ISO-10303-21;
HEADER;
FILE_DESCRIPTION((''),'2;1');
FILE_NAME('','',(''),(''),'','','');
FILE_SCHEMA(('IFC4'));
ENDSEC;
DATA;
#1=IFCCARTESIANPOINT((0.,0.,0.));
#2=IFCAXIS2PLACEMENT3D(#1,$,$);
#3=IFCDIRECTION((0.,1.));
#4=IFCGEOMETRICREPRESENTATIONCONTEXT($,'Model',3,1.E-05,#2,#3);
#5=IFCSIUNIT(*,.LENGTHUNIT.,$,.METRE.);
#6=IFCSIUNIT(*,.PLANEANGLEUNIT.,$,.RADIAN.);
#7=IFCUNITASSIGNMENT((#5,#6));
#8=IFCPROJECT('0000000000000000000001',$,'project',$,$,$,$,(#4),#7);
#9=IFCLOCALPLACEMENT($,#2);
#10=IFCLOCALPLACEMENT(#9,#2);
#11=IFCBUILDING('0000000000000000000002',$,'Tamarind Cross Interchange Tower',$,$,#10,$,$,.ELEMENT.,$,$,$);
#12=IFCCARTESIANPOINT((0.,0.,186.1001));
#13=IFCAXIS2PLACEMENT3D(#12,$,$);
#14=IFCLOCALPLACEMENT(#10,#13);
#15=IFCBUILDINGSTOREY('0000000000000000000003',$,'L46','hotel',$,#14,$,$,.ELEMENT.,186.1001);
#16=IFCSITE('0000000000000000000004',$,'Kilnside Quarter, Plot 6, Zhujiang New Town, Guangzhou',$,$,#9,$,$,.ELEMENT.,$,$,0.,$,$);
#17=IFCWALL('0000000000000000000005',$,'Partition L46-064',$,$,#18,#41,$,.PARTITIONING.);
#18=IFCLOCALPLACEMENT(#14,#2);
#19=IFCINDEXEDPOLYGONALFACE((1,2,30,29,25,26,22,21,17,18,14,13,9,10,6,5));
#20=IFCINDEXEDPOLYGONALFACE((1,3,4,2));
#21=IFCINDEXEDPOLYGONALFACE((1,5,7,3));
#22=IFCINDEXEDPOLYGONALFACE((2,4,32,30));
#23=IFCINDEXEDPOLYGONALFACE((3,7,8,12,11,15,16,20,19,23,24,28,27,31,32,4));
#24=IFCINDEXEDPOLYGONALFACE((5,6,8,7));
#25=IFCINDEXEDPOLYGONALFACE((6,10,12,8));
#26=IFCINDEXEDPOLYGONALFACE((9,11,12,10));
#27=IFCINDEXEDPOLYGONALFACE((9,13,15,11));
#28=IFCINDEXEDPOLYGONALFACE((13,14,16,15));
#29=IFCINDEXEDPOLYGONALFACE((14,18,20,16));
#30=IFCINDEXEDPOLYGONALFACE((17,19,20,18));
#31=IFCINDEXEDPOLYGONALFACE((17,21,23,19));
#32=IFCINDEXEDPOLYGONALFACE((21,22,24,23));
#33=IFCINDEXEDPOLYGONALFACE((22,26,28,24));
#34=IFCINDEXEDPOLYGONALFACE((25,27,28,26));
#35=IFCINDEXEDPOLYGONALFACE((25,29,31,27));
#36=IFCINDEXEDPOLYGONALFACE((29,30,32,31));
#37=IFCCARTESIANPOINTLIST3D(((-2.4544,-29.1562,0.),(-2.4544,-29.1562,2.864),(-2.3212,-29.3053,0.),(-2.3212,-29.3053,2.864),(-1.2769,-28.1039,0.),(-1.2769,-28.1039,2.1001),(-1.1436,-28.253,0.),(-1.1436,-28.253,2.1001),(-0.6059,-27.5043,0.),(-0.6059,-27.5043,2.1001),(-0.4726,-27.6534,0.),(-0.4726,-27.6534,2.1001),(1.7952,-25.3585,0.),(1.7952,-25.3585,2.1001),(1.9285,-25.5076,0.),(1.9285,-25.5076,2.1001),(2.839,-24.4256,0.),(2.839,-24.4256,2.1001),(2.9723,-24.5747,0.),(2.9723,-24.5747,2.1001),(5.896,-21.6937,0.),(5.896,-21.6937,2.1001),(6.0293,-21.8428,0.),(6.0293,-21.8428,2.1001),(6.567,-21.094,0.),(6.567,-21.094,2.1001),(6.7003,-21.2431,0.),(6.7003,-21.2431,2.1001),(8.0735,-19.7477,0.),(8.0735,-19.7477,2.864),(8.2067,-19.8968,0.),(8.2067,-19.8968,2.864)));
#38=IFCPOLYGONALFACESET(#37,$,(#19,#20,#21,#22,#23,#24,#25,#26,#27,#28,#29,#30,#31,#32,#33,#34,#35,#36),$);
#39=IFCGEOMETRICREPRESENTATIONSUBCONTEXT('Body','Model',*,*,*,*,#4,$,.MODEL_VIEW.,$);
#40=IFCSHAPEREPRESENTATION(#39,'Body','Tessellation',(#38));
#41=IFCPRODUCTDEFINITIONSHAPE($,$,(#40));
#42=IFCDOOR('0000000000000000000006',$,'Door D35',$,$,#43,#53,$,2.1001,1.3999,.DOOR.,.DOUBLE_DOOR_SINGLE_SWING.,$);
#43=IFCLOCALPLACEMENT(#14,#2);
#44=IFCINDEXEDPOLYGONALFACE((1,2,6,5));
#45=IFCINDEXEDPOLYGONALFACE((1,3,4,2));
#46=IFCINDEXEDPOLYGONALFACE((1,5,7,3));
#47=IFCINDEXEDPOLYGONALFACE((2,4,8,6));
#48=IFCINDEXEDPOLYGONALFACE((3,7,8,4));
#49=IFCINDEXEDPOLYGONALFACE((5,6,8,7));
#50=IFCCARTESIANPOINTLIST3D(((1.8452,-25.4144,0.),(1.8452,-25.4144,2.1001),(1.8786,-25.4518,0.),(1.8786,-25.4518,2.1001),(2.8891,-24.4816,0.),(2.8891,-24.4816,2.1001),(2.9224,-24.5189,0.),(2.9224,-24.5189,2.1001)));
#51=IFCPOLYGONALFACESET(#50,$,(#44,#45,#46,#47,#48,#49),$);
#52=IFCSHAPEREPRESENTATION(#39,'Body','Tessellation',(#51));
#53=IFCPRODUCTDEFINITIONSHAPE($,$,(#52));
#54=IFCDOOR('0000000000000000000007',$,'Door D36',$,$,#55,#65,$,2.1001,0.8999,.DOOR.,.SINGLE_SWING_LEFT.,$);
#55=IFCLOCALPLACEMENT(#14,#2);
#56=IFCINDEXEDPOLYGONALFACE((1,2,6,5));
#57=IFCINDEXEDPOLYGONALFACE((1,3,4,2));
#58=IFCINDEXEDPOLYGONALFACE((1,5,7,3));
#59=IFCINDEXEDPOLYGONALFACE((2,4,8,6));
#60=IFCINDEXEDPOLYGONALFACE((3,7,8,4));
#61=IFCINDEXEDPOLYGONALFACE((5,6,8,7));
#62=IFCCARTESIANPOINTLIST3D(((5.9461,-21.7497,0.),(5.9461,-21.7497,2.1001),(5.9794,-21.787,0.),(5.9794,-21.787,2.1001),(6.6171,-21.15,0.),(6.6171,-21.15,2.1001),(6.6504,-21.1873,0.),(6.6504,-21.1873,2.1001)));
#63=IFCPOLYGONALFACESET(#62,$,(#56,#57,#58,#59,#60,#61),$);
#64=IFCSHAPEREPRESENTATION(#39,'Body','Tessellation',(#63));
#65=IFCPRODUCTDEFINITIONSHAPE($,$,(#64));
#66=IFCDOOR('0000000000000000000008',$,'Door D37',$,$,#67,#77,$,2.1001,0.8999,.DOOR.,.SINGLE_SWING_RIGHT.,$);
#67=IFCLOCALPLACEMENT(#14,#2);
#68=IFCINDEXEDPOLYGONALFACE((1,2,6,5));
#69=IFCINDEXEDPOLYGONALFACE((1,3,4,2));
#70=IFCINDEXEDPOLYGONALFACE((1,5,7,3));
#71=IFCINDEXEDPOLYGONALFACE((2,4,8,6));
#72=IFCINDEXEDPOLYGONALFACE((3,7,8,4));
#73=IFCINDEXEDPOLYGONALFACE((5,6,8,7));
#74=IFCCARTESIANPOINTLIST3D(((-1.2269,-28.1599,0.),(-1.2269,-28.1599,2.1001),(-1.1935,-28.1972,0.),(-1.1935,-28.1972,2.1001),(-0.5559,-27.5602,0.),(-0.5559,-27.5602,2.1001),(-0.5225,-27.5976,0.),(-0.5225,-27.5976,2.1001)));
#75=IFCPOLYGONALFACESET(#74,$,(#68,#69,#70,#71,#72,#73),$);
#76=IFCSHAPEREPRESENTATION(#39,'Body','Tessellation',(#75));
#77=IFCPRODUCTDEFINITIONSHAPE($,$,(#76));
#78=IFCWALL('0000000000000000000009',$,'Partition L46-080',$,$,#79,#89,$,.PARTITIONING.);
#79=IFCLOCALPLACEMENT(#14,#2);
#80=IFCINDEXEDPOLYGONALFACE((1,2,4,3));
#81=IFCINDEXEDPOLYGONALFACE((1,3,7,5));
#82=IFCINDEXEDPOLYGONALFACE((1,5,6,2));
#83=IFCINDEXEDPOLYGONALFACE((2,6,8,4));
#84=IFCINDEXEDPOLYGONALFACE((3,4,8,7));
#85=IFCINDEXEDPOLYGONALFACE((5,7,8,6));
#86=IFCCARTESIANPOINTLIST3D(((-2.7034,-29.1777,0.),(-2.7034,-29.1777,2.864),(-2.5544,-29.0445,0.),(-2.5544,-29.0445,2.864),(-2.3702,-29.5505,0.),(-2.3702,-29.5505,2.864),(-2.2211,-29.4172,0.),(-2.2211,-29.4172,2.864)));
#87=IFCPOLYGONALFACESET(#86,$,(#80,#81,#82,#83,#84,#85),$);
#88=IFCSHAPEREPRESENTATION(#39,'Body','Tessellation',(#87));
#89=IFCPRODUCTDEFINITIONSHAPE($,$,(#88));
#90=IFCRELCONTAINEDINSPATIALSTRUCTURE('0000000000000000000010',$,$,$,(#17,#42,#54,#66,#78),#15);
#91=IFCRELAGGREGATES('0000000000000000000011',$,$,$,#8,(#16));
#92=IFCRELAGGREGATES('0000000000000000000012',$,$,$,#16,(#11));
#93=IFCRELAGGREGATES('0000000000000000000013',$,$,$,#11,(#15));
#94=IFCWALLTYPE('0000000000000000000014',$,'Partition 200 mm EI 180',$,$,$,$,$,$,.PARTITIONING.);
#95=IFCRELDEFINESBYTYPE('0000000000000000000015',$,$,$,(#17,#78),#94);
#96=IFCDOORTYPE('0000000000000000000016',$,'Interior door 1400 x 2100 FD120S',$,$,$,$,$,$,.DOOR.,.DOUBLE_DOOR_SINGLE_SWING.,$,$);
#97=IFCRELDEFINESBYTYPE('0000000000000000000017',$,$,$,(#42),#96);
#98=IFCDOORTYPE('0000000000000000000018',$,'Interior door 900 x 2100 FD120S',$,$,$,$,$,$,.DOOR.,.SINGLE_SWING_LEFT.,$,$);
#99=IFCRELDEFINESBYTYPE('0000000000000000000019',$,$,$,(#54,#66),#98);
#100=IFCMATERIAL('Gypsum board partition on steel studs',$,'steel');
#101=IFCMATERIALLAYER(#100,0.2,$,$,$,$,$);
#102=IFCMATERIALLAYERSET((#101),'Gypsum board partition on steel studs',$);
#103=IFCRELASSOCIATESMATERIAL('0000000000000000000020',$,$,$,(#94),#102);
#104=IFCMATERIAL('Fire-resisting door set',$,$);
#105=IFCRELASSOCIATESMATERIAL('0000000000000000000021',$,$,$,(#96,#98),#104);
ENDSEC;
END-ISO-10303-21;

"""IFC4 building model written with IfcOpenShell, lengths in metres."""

from ifc_helpers import new_model, si_unit, direction, frame, frame_2d, origin, place, context, subcontext, project, spatial, rectangle, extrude, material, layer, layer_set, type_object, element, fill, save


model = new_model("IFC4")

# Units and contexts
model_context = context("Model", 3, precision=1e-05, world=origin(), true_north=direction((0.0, 1.0)))
body_context = subcontext(model_context, "Body", "Model", "MODEL_VIEW")
ifc_project = project(units=[si_unit("LENGTHUNIT", "METRE"), si_unit("PLANEANGLEUNIT", "RADIAN")], contexts=[model_context])

# Site, building, storey
site_placement = place(None, origin())
site = spatial("IfcSite", under=ifc_project, at=site_placement, Name="Kilnside Quarter, Plot 6, Zhujiang New Town, Guangzhou", CompositionType="ELEMENT", RefElevation=0.0)
building_placement = place(site_placement, origin())
building = spatial("IfcBuilding", under=site, at=building_placement, Name="Tamarind Cross Interchange Tower", CompositionType="ELEMENT")
storey_placement = place(building_placement, frame((0.0, 0.0, 186.1001)))
storey = spatial("IfcBuildingStorey", under=building, at=storey_placement, Name="L46", Description="hotel", CompositionType="ELEMENT", Elevation=186.1001)

# Shared definitions
ifc_material_1 = material(Name="Gypsum board partition on steel studs", Category="steel")

# Wall, openings, doors
ifc_layer_1 = layer(ifc_material_1, 0.2)
ifc_layer_set_1 = layer_set([ifc_layer_1], Name="Gypsum board partition on steel studs")
wall_type_1 = type_object("IfcWallType", Name="Partition 200 mm EI 180", PredefinedType="PARTITIONING", material=ifc_layer_set_1)
wall_1_placement = place(storey_placement, frame((-2.3877, -29.2307, 0.0), z_axis=(0.0, 0.0, 1.0), x_axis=(0.745635, 0.666355, 0.0)))
wall_1 = element("IfcWall", 1, at=wall_1_placement, inside=storey, type_object=wall_type_1, Name="Partition L46-064", PredefinedType="PARTITIONING", context=body_context, shape_type="SweptSolid", body=[
    extrude(rectangle(XDim=14.1194, YDim=0.2, at=frame_2d((7.0596, 0.0))), origin(), (0.0, 0.0, 1.0), 2.864),
])
opening_1_placement = place(wall_1_placement, frame((5.6992, 0.0, 0.0)))
opening_1 = element("IfcOpeningElement", 2, at=opening_1_placement, cuts=wall_1, PredefinedType="OPENING", context=body_context, shape_type="SweptSolid", body=[
    extrude(rectangle(XDim=1.3999, YDim=2.1001, at=frame_2d((0.7, 1.05))), frame((0.0, 0.1099, 0.0), z_axis=(0.0, -1.0, 0.0), x_axis=(1.0, 0.0, 0.0)), (0.0, 0.0, 1.0), 0.22),
])
opening_2_placement = place(wall_1_placement, frame((11.199, 0.0, 0.0)))
opening_2 = element("IfcOpeningElement", 3, at=opening_2_placement, cuts=wall_1, PredefinedType="OPENING", context=body_context, shape_type="SweptSolid", body=[
    extrude(rectangle(XDim=0.8999, YDim=2.1001, at=frame_2d((0.45, 1.05))), frame((0.0, 0.1099, 0.0), z_axis=(0.0, -1.0, 0.0), x_axis=(1.0, 0.0, 0.0)), (0.0, 0.0, 1.0), 0.22),
])
opening_3_placement = place(wall_1_placement, frame((1.5791, 0.0, 0.0)))
opening_3 = element("IfcOpeningElement", 4, at=opening_3_placement, cuts=wall_1, PredefinedType="OPENING", context=body_context, shape_type="SweptSolid", body=[
    extrude(rectangle(XDim=0.8999, YDim=2.1001, at=frame_2d((0.45, 1.05))), frame((0.0, 0.1099, 0.0), z_axis=(0.0, -1.0, 0.0), x_axis=(1.0, 0.0, 0.0)), (0.0, 0.0, 1.0), 0.22),
])
ifc_material_2 = material(Name="Fire-resisting door set")
door_type_1 = type_object("IfcDoorType", Name="Interior door 1400 x 2100 FD120S", OperationType="DOUBLE_DOOR_SINGLE_SWING", PredefinedType="DOOR", material=ifc_material_2)
door_1_placement = place(opening_1_placement, origin())
door_1 = element("IfcDoor", 5, at=door_1_placement, inside=storey, type_object=door_type_1, Name="Door D35", OperationType="DOUBLE_DOOR_SINGLE_SWING", OverallHeight=2.1001, OverallWidth=1.3999, PredefinedType="DOOR", context=body_context, shape_type="SweptSolid", body=[
    extrude(rectangle(XDim=1.3999, YDim=2.1001, at=frame_2d((0.7, 1.05))), frame((0.0, 0.0249, 0.0), z_axis=(0.0, -1.0, 0.0), x_axis=(1.0, 0.0, 0.0)), (0.0, 0.0, 1.0), 0.05),
])
fill(opening_1, door_1)
door_type_2 = type_object("IfcDoorType", Name="Interior door 900 x 2100 FD120S", OperationType="SINGLE_SWING_LEFT", PredefinedType="DOOR", material=ifc_material_2)
door_2_placement = place(opening_2_placement, origin())
door_2 = element("IfcDoor", 6, at=door_2_placement, inside=storey, type_object=door_type_2, Name="Door D36", OperationType="SINGLE_SWING_LEFT", OverallHeight=2.1001, OverallWidth=0.8999, PredefinedType="DOOR", context=body_context, shape_type="SweptSolid", body=[
    extrude(rectangle(XDim=0.8999, YDim=2.1001, at=frame_2d((0.45, 1.05))), frame((0.0, 0.0249, 0.0), z_axis=(0.0, -1.0, 0.0), x_axis=(1.0, 0.0, 0.0)), (0.0, 0.0, 1.0), 0.05),
])
fill(opening_2, door_2)
door_3_placement = place(opening_3_placement, origin())
door_3 = element("IfcDoor", 7, at=door_3_placement, inside=storey, type_object=door_type_2, Name="Door D37", OperationType="SINGLE_SWING_RIGHT", OverallHeight=2.1001, OverallWidth=0.8999, PredefinedType="DOOR", context=body_context, shape_type="SweptSolid", body=[
    extrude(rectangle(XDim=0.8999, YDim=2.1001, at=frame_2d((0.45, 1.05))), frame((0.0, 0.0249, 0.0), z_axis=(0.0, -1.0, 0.0), x_axis=(1.0, 0.0, 0.0)), (0.0, 0.0, 1.0), 0.05),
])
fill(opening_3, door_3)

# Wall
wall_2_placement = place(storey_placement, frame((-2.6289, -29.1111, 0.0), z_axis=(0.0, 0.0, 1.0), x_axis=(0.666452, -0.745548, 0.0)))
element("IfcWall", 8, at=wall_2_placement, inside=storey, type_object=wall_type_1, Name="Partition L46-080", PredefinedType="PARTITIONING", context=body_context, shape_type="SweptSolid", body=[
    extrude(rectangle(XDim=0.5, YDim=0.2, at=frame_2d((0.25, 0.0))), origin(), (0.0, 0.0, 1.0), 2.864),
])

save(model, "model.ifc")
